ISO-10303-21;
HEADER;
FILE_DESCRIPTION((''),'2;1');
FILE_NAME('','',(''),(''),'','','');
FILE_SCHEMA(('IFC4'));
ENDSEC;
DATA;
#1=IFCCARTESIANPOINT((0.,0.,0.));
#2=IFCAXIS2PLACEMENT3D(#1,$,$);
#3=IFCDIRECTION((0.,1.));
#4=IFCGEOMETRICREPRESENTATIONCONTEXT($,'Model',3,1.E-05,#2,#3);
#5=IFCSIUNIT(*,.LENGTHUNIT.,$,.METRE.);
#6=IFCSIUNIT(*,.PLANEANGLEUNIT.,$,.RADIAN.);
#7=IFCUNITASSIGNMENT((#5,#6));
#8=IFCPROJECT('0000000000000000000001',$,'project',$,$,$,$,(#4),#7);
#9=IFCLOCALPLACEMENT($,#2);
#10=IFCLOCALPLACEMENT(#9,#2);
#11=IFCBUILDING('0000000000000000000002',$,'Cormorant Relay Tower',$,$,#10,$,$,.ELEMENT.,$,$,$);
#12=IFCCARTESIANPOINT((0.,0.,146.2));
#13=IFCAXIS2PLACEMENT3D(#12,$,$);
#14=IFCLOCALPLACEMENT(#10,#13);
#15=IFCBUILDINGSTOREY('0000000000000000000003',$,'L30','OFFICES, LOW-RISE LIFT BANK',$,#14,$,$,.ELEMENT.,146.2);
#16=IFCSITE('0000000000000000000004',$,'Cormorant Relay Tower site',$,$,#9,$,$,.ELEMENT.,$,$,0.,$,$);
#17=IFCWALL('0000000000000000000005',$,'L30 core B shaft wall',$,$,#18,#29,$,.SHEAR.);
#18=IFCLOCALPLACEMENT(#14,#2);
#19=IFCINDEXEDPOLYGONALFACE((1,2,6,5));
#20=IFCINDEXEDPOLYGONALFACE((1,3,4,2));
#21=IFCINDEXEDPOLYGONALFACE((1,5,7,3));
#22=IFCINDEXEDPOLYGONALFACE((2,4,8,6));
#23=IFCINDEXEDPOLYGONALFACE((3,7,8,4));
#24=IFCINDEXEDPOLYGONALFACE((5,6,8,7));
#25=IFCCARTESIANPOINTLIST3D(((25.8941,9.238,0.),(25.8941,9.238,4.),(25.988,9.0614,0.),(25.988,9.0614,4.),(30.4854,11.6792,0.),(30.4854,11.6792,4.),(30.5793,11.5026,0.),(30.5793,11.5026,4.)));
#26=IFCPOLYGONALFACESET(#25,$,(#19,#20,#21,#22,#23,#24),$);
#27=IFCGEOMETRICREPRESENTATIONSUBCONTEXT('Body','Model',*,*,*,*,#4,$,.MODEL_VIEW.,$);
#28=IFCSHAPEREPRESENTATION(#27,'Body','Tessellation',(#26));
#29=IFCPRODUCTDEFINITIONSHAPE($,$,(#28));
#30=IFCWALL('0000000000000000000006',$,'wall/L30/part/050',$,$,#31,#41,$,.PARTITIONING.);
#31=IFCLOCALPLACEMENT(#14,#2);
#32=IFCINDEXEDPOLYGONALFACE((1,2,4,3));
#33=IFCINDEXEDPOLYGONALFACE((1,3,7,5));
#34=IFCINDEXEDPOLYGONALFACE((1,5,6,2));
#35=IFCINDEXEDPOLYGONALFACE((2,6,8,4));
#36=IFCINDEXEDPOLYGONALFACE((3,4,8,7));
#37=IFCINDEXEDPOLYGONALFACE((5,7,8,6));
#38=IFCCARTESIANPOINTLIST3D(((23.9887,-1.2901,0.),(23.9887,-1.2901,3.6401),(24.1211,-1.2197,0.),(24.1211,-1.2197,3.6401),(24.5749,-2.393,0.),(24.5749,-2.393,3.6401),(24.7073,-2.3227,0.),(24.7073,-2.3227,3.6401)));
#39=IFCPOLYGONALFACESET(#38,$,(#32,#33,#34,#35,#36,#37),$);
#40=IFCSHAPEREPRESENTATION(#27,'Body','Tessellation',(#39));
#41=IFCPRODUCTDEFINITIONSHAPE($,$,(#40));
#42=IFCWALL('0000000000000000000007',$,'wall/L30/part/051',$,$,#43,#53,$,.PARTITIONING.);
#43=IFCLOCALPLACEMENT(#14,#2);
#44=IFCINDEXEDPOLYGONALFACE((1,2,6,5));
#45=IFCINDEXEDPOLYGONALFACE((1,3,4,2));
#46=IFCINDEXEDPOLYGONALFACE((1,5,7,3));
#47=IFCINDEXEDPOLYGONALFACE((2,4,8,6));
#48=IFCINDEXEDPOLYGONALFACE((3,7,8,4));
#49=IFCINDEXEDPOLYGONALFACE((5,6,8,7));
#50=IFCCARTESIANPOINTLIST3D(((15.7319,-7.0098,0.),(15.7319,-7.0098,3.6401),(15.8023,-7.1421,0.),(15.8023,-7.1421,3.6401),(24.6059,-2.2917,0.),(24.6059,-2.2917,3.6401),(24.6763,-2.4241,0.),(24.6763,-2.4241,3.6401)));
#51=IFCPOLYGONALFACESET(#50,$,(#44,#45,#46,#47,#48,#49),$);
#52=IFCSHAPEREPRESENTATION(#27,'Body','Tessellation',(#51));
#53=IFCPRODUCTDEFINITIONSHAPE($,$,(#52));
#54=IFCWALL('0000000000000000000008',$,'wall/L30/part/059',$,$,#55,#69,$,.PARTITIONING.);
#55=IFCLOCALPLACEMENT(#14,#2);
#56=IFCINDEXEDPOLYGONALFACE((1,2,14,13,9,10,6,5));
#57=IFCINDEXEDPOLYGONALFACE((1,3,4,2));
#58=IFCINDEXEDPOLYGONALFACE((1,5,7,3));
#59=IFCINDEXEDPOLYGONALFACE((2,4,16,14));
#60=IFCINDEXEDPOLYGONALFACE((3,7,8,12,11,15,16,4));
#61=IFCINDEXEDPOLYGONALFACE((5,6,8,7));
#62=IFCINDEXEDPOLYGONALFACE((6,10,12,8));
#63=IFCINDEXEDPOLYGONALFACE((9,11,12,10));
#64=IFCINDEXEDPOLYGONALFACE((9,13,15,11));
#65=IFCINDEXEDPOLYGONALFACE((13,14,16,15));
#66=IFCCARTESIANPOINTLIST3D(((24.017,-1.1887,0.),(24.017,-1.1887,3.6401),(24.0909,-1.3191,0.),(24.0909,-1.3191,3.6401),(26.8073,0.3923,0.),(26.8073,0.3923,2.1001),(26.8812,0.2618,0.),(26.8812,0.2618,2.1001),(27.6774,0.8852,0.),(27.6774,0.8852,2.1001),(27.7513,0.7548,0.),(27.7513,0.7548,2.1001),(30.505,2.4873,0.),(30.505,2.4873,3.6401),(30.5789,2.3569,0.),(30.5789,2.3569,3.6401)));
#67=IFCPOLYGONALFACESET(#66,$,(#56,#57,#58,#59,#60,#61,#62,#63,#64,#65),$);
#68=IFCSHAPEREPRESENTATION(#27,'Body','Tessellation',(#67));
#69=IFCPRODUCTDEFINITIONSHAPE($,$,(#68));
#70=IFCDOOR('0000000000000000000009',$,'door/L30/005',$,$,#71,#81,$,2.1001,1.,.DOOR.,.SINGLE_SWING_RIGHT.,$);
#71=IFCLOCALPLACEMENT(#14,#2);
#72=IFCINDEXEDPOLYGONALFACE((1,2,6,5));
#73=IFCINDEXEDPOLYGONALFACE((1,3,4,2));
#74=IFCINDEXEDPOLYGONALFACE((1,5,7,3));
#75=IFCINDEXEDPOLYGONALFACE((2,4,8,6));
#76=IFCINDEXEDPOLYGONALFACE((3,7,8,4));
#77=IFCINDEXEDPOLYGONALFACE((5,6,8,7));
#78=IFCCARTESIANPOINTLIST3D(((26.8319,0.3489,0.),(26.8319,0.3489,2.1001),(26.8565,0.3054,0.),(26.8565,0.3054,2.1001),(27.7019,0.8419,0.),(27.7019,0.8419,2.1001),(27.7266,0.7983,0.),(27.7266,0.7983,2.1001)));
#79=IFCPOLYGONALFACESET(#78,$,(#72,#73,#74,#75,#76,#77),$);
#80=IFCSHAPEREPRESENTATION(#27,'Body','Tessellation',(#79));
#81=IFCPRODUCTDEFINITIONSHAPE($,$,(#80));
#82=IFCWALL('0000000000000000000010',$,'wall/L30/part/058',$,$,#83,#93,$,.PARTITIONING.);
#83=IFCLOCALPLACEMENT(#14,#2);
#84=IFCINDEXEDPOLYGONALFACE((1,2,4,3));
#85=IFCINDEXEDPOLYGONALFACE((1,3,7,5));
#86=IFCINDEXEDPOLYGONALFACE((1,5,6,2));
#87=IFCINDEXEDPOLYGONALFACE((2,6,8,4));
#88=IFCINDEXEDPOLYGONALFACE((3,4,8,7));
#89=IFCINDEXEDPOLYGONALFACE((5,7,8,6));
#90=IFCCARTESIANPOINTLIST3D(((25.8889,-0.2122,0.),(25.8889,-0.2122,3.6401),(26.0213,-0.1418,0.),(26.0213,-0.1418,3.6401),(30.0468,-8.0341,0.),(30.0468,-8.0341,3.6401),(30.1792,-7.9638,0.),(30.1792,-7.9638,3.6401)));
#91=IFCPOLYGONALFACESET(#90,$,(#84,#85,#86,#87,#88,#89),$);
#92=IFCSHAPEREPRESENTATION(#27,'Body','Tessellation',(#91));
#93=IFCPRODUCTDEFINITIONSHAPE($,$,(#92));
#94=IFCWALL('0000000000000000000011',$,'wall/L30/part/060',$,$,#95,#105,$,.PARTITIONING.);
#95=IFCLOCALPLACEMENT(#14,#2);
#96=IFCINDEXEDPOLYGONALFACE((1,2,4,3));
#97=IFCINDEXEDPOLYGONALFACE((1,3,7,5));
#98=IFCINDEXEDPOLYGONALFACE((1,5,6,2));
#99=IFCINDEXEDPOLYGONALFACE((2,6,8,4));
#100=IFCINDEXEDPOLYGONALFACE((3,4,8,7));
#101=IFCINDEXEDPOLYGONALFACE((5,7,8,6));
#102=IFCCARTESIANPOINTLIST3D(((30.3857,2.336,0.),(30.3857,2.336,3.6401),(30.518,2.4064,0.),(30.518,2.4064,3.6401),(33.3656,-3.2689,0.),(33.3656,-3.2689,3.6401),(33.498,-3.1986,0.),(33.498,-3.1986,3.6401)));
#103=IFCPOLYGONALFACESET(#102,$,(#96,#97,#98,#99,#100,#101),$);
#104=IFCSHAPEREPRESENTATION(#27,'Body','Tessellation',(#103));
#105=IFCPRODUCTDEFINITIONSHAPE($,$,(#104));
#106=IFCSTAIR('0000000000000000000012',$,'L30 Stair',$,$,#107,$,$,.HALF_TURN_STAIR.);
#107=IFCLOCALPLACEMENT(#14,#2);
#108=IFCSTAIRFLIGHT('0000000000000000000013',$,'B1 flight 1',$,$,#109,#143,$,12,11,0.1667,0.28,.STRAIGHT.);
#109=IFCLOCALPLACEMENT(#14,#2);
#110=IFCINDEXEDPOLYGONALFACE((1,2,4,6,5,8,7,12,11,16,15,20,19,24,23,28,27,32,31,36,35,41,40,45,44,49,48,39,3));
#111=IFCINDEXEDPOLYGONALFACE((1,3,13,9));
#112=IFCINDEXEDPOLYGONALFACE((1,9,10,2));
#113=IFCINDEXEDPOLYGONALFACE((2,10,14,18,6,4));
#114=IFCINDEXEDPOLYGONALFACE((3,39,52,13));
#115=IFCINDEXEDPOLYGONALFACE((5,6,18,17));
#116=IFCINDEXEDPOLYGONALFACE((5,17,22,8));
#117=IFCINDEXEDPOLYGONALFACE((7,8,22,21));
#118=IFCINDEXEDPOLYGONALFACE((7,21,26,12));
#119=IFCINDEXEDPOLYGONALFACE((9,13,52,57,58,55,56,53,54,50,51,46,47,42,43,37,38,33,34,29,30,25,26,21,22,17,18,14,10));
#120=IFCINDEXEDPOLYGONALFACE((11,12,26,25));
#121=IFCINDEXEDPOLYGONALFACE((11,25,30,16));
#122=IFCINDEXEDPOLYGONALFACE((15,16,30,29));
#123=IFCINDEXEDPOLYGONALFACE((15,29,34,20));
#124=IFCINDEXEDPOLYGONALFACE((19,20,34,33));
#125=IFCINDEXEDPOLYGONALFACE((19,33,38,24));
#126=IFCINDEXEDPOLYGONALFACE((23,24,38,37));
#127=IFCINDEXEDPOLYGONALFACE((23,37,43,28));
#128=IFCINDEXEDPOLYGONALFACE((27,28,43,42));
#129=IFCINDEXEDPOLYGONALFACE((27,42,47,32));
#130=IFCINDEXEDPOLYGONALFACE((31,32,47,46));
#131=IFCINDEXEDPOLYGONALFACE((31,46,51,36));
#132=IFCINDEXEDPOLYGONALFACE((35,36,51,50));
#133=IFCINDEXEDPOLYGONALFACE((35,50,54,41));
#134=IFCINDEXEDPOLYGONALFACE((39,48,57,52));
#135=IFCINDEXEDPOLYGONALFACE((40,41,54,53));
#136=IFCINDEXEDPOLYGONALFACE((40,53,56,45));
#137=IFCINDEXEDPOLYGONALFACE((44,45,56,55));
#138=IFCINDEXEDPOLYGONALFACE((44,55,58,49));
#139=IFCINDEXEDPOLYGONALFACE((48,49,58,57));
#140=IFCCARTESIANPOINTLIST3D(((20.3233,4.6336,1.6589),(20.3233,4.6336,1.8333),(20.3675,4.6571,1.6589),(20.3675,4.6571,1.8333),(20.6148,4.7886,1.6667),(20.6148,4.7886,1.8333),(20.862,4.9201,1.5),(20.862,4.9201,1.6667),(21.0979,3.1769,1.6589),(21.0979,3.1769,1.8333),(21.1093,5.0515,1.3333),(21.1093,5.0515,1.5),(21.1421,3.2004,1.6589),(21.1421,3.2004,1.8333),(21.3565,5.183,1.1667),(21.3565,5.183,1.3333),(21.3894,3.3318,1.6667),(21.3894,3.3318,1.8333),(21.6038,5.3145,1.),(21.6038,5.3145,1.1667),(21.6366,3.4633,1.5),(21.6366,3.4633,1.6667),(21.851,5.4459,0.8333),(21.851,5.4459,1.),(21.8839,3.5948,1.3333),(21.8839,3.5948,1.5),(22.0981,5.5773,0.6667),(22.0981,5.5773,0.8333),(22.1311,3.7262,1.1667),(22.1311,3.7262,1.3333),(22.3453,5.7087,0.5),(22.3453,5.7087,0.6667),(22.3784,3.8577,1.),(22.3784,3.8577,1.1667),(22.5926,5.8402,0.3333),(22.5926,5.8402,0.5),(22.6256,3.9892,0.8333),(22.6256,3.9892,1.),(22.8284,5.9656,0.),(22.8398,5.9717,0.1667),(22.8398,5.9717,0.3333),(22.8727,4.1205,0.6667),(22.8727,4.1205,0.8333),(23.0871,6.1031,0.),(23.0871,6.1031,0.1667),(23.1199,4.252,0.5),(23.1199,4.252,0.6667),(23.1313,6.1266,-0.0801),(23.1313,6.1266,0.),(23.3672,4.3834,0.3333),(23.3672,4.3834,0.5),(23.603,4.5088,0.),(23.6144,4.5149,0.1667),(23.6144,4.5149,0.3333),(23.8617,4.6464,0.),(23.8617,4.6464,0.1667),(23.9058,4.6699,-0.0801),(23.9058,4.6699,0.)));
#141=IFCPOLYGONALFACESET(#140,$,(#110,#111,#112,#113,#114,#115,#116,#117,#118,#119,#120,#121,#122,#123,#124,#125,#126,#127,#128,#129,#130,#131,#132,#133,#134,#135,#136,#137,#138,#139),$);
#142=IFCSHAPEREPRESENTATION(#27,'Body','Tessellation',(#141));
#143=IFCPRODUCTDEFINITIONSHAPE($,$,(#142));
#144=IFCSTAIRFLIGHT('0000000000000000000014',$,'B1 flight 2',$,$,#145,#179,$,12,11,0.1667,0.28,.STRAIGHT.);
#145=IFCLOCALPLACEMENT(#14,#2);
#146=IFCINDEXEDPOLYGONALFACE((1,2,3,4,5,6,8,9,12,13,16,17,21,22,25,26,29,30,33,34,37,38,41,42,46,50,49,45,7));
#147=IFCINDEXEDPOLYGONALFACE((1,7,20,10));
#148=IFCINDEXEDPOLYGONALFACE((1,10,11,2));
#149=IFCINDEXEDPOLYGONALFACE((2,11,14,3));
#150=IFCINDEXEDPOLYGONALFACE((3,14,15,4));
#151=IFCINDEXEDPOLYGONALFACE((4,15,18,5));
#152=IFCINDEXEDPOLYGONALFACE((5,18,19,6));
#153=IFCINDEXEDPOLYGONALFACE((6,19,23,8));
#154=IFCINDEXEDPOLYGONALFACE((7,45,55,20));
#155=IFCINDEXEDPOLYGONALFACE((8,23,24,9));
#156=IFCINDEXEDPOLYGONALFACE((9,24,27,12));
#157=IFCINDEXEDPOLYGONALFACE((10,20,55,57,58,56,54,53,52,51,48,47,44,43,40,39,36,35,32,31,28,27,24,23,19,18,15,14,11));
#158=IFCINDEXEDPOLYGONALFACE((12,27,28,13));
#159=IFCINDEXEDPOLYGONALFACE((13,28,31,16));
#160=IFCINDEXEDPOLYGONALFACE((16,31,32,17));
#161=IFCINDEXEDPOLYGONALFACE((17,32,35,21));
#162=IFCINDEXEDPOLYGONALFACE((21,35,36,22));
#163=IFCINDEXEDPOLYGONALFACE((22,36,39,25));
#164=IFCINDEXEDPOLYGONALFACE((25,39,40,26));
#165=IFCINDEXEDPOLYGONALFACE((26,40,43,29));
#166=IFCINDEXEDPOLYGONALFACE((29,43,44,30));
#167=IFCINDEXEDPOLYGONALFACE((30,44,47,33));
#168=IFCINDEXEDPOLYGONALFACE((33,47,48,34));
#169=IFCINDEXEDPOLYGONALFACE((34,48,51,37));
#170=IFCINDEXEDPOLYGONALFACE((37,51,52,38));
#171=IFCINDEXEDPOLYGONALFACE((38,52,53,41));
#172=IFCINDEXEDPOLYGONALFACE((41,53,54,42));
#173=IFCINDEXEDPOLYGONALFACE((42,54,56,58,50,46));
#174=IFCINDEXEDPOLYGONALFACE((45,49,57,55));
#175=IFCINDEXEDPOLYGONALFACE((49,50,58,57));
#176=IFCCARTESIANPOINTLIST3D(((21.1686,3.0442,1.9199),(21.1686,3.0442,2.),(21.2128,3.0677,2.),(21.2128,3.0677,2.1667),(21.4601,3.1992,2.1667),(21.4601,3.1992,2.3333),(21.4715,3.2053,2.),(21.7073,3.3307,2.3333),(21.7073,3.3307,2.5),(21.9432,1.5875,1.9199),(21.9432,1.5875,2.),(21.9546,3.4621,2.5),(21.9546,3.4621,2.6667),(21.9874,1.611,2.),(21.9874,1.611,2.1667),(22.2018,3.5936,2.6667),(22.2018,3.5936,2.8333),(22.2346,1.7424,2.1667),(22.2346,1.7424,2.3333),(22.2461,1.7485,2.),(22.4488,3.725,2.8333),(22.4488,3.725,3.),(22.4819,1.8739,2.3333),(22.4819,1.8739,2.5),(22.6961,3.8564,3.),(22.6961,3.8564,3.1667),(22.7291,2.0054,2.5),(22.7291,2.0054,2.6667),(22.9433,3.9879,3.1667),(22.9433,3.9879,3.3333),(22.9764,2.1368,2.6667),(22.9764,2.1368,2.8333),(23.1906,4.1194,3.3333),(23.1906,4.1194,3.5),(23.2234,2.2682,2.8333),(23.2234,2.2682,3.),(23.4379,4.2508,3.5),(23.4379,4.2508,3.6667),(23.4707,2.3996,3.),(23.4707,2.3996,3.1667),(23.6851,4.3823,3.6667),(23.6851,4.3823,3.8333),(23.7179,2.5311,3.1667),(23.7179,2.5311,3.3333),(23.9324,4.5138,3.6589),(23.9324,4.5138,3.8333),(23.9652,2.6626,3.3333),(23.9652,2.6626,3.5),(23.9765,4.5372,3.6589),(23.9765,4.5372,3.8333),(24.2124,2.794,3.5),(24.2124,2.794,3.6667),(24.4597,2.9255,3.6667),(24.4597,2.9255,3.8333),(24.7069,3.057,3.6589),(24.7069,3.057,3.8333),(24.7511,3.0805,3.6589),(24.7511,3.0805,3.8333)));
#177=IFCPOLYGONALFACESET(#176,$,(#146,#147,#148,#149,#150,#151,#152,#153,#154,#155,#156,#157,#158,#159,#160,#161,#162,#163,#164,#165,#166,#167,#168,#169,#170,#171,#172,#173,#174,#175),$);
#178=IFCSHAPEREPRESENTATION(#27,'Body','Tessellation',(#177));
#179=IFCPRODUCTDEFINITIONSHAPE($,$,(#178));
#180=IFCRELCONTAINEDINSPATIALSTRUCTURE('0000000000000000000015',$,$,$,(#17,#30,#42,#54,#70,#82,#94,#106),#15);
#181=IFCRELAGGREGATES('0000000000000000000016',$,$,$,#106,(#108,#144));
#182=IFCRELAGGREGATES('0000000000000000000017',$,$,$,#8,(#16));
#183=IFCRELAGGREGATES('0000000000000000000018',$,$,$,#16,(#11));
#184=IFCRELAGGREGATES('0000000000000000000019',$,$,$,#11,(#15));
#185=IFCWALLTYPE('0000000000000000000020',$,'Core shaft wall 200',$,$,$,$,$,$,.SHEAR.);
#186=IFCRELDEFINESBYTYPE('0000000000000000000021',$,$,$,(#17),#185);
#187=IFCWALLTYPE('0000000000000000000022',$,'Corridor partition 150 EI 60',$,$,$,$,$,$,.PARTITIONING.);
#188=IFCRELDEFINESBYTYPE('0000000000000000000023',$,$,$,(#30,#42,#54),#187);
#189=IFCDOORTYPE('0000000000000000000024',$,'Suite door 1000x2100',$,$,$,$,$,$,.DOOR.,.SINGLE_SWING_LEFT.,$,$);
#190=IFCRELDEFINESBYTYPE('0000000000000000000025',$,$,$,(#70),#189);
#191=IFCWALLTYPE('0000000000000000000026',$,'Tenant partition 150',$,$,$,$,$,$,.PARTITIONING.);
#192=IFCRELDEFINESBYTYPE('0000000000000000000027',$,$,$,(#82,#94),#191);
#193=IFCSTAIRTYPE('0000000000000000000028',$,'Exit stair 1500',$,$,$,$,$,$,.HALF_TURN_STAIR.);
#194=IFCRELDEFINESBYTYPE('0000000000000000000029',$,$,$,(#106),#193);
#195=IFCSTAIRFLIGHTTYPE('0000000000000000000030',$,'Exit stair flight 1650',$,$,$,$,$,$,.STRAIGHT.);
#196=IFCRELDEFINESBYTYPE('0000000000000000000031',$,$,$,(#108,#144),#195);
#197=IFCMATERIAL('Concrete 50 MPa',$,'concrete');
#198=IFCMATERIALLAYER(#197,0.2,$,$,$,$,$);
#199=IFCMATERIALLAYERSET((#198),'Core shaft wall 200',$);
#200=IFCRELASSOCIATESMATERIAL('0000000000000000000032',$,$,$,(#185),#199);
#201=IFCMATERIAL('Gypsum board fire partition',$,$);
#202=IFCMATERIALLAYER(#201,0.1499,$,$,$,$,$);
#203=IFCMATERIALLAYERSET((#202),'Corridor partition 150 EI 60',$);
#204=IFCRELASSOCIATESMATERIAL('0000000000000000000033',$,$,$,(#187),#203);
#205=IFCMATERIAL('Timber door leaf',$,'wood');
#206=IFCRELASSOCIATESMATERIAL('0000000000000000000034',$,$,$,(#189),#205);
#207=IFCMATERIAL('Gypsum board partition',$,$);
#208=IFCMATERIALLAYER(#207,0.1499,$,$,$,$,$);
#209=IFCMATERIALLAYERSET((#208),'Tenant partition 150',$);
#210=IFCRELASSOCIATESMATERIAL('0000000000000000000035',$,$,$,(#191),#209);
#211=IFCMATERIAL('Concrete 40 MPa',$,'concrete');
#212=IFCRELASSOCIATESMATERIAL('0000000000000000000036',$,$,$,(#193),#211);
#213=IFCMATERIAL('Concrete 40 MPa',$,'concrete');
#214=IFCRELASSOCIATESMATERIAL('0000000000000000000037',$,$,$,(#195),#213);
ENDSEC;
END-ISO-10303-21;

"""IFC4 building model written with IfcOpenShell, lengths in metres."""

from ifc_helpers import new_model, si_unit, direction, frame, frame_2d, origin, place, context, subcontext, project, spatial, polyline, rectangle, outline, extrude, material, layer, layer_set, type_object, element, fill, aggregate, save


model = new_model("IFC4")

# Units and contexts
model_context = context("Model", 3, precision=1e-05, world=origin(), true_north=direction((0.0, 1.0)))
body_context = subcontext(model_context, "Body", "Model", "MODEL_VIEW")
ifc_project = project(units=[si_unit("LENGTHUNIT", "METRE"), si_unit("PLANEANGLEUNIT", "RADIAN")], contexts=[model_context])

# Site, building, storey
site_placement = place(None, origin())
site = spatial("IfcSite", under=ifc_project, at=site_placement, Name="Cormorant Relay Tower site", CompositionType="ELEMENT", RefElevation=0.0)
building_placement = place(site_placement, origin())
building = spatial("IfcBuilding", under=site, at=building_placement, Name="Cormorant Relay Tower", CompositionType="ELEMENT")
storey_placement = place(building_placement, frame((0.0, 0.0, 146.2)))
storey = spatial("IfcBuildingStorey", under=building, at=storey_placement, Name="L30", Description="OFFICES, LOW-RISE LIFT BANK", CompositionType="ELEMENT", Elevation=146.2)

# Shared definitions
ifc_material_1 = material(Name="Concrete 50 MPa", Category="concrete")
ifc_layer_1 = layer(ifc_material_1, 0.2)
ifc_layer_set_1 = layer_set([ifc_layer_1], Name="Core shaft wall 200")
wall_type_1 = type_object("IfcWallType", Name="Core shaft wall 200", PredefinedType="SHEAR", material=ifc_layer_set_1)

# Walls
wall_1_placement = place(storey_placement, frame((25.9409, 9.1497, 0.0), z_axis=(0.0, 0.0, 1.0), x_axis=(0.882954, 0.46946, 0.0)))
element("IfcWall", 1, at=wall_1_placement, inside=storey, type_object=wall_type_1, Name="L30 core B shaft wall", PredefinedType="SHEAR", context=body_context, shape_type="SweptSolid", body=[
    extrude(rectangle(XDim=5.2, YDim=0.2, at=frame_2d((2.6001, 0.0))), origin(), (0.0, 0.0, 1.0), 4.0),
])
ifc_material_2 = material(Name="Gypsum board fire partition")
ifc_layer_2 = layer(ifc_material_2, 0.1499)
ifc_layer_set_2 = layer_set([ifc_layer_2], Name="Corridor partition 150 EI 60")
wall_type_2 = type_object("IfcWallType", Name="Corridor partition 150 EI 60", PredefinedType="PARTITIONING", material=ifc_layer_set_2)
wall_2_placement = place(storey_placement, frame((24.0549, -1.2549, 0.0), z_axis=(0.0, 0.0, 1.0), x_axis=(0.469279, -0.88305, 0.0)))
element("IfcWall", 2, at=wall_2_placement, inside=storey, type_object=wall_type_2, Name="wall/L30/part/050", PredefinedType="PARTITIONING", context=body_context, shape_type="SweptSolid", body=[
    extrude(rectangle(XDim=1.249, YDim=0.1499, at=frame_2d((0.6245, 0.0))), origin(), (0.0, 0.0, 1.0), 3.6401),
])
wall_3_placement = place(storey_placement, frame((24.6411, -2.3579, 0.0), z_axis=(0.0, 0.0, 1.0), x_axis=(-0.882963, -0.469442, 0.0)))
element("IfcWall", 3, at=wall_3_placement, inside=storey, type_object=wall_type_2, Name="wall/L30/part/051", PredefinedType="PARTITIONING", context=body_context, shape_type="SweptSolid", body=[
    extrude(rectangle(XDim=10.0503, YDim=0.1499, at=frame_2d((5.0251, 0.0))), origin(), (0.0, 0.0, 1.0), 3.6401),
])

# Wall, opening, door
wall_4_placement = place(storey_placement, frame((30.542, 2.4221, 0.0), z_axis=(0.0, 0.0, 1.0), x_axis=(-0.870053, -0.492959, 0.0)))
wall_4 = element("IfcWall", 4, at=wall_4_placement, inside=storey, type_object=wall_type_2, Name="wall/L30/part/059", PredefinedType="PARTITIONING", context=body_context, shape_type="SweptSolid", body=[
    extrude(rectangle(XDim=7.457, YDim=0.1499, at=frame_2d((3.7285, 0.0))), origin(), (0.0, 0.0, 1.0), 3.6401),
])
opening_1_placement = place(wall_4_placement, frame((3.25, 0.0, 0.0)))
opening_1 = element("IfcOpeningElement", 5, at=opening_1_placement, cuts=wall_4, PredefinedType="OPENING", context=body_context, shape_type="SweptSolid", body=[
    extrude(rectangle(XDim=1.0, YDim=2.1001, at=frame_2d((0.5, 1.05))), frame((0.0, 0.085, 0.0), z_axis=(0.0, -1.0, 0.0), x_axis=(1.0, 0.0, 0.0)), (0.0, 0.0, 1.0), 0.1699),
])
ifc_material_3 = material(Name="Timber door leaf", Category="wood")
door_type_1 = type_object("IfcDoorType", Name="Suite door 1000x2100", OperationType="SINGLE_SWING_LEFT", PredefinedType="DOOR", material=ifc_material_3)
door_1_placement = place(opening_1_placement, origin())
door_1 = element("IfcDoor", 6, at=door_1_placement, inside=storey, type_object=door_type_1, Name="door/L30/005", OperationType="SINGLE_SWING_RIGHT", OverallHeight=2.1001, OverallWidth=1.0, PredefinedType="DOOR", context=body_context, shape_type="SweptSolid", body=[
    extrude(rectangle(XDim=1.0, YDim=2.1001, at=frame_2d((0.5, 1.05))), frame((0.0, 0.0249, 0.0), z_axis=(0.0, -1.0, 0.0), x_axis=(1.0, 0.0, 0.0)), (0.0, 0.0, 1.0), 0.05),
])
fill(opening_1, door_1)

# Walls
ifc_material_4 = material(Name="Gypsum board partition")
ifc_layer_3 = layer(ifc_material_4, 0.1499)
ifc_layer_set_3 = layer_set([ifc_layer_3], Name="Tenant partition 150")
wall_type_3 = type_object("IfcWallType", Name="Tenant partition 150", PredefinedType="PARTITIONING", material=ifc_layer_set_3)
wall_5_placement = place(storey_placement, frame((25.9551, -0.177, 0.0), z_axis=(0.0, 0.0, 1.0), x_axis=(0.469376, -0.882998, 0.0)))
element("IfcWall", 7, at=wall_5_placement, inside=storey, type_object=wall_type_3, Name="wall/L30/part/058", PredefinedType="PARTITIONING", context=body_context, shape_type="SweptSolid", body=[
    extrude(rectangle(XDim=8.8584, YDim=0.1499, at=frame_2d((4.4292, 0.0))), origin(), (0.0, 0.0, 1.0), 3.6401),
])
wall_6_placement = place(storey_placement, frame((30.4519, 2.3711, 0.0), z_axis=(0.0, 0.0, 1.0), x_axis=(0.469442, -0.882963, 0.0)))
element("IfcWall", 8, at=wall_6_placement, inside=storey, type_object=wall_type_3, Name="wall/L30/part/060", PredefinedType="PARTITIONING", context=body_context, shape_type="SweptSolid", body=[
    extrude(rectangle(XDim=6.3479, YDim=0.1499, at=frame_2d((3.1738, 0.0))), origin(), (0.0, 0.0, 1.0), 3.6401),
])

# Stair, stair flights
ifc_material_5 = material(Name="Concrete 40 MPa", Category="concrete")
stair_type = type_object("IfcStairType", Name="Exit stair 1500", PredefinedType="HALF_TURN_STAIR", material=ifc_material_5)
stair_placement = place(storey_placement, origin())
stair = element("IfcStair", 9, at=stair_placement, inside=storey, type_object=stair_type, Name="L30 Stair", PredefinedType="HALF_TURN_STAIR")
ifc_material_6 = material(Name="Concrete 40 MPa", Category="concrete")
stair_flight_type = type_object("IfcStairFlightType", Name="Exit stair flight 1650", PredefinedType="STRAIGHT", material=ifc_material_6)
stair_flight_1_placement = place(storey_placement, frame((23.4744, 5.3748, 0.0), z_axis=(0.0, 0.0, 1.0), x_axis=(-0.882948, -0.469472, 0.0)))
stair_flight_1 = element("IfcStairFlight", 10, at=stair_flight_1_placement, type_object=stair_flight_type, Name="B1 flight 1", NumberOfRisers=12, NumberOfTreads=11, PredefinedType="STRAIGHT", RiserHeight=0.1667, TreadLength=0.28, context=body_context, shape_type="SweptSolid", body=[
    extrude(outline(polyline([(-0.05, -0.0801), (-0.05, 0.0), (0.0, 0.0), (0.0, 0.1667), (0.28, 0.1667), (0.28, 0.3333), (0.5601, 0.3333), (0.5601, 0.5), (0.8401, 0.5), (0.8401, 0.6667), (1.1201, 0.6667), (1.1201, 0.8333), (1.3999, 0.8333), (1.3999, 1.0), (1.6799, 1.0), (1.6799, 1.1667), (1.96, 1.1667), (1.96, 1.3333), (2.24, 1.3333), (2.24, 1.5), (2.52, 1.5), (2.52, 1.6667), (2.8, 1.6667), (2.8, 1.8333), (3.0801, 1.8333), (3.1301, 1.8333), (3.1301, 1.6589), (3.0801, 1.6589), (0.293, 0.0), (-0.05, -0.0801)])), frame((0.0, 0.825, 0.0), z_axis=(0.0, -1.0, 0.0), x_axis=(1.0, 0.0, 0.0)), (0.0, 0.0, 1.0), 1.6499),
])
stair_flight_2_placement = place(storey_placement, frame((21.6001, 2.3394, 2.0), z_axis=(0.0, 0.0, 1.0), x_axis=(0.882948, 0.469472, 0.0)))
stair_flight_2 = element("IfcStairFlight", 11, at=stair_flight_2_placement, type_object=stair_flight_type, Name="B1 flight 2", NumberOfRisers=12, NumberOfTreads=11, PredefinedType="STRAIGHT", RiserHeight=0.1667, TreadLength=0.28, context=body_context, shape_type="SweptSolid", body=[
    extrude(outline(polyline([(-0.05, -0.0801), (-0.05, 0.0), (0.0, 0.0), (0.0, 0.1667), (0.28, 0.1667), (0.28, 0.3333), (0.5601, 0.3333), (0.5601, 0.5), (0.8401, 0.5), (0.8401, 0.6667), (1.1201, 0.6667), (1.1201, 0.8333), (1.3999, 0.8333), (1.3999, 1.0), (1.6799, 1.0), (1.6799, 1.1667), (1.96, 1.1667), (1.96, 1.3333), (2.24, 1.3333), (2.24, 1.5), (2.52, 1.5), (2.52, 1.6667), (2.8, 1.6667), (2.8, 1.8333), (3.0801, 1.8333), (3.1301, 1.8333), (3.1301, 1.6589), (3.0801, 1.6589), (0.293, 0.0), (-0.05, -0.0801)])), frame((0.0, 0.825, 0.0), z_axis=(0.0, -1.0, 0.0), x_axis=(1.0, 0.0, 0.0)), (0.0, 0.0, 1.0), 1.6499),
])
aggregate(stair, [stair_flight_1, stair_flight_2])

save(model, "model.ifc")
